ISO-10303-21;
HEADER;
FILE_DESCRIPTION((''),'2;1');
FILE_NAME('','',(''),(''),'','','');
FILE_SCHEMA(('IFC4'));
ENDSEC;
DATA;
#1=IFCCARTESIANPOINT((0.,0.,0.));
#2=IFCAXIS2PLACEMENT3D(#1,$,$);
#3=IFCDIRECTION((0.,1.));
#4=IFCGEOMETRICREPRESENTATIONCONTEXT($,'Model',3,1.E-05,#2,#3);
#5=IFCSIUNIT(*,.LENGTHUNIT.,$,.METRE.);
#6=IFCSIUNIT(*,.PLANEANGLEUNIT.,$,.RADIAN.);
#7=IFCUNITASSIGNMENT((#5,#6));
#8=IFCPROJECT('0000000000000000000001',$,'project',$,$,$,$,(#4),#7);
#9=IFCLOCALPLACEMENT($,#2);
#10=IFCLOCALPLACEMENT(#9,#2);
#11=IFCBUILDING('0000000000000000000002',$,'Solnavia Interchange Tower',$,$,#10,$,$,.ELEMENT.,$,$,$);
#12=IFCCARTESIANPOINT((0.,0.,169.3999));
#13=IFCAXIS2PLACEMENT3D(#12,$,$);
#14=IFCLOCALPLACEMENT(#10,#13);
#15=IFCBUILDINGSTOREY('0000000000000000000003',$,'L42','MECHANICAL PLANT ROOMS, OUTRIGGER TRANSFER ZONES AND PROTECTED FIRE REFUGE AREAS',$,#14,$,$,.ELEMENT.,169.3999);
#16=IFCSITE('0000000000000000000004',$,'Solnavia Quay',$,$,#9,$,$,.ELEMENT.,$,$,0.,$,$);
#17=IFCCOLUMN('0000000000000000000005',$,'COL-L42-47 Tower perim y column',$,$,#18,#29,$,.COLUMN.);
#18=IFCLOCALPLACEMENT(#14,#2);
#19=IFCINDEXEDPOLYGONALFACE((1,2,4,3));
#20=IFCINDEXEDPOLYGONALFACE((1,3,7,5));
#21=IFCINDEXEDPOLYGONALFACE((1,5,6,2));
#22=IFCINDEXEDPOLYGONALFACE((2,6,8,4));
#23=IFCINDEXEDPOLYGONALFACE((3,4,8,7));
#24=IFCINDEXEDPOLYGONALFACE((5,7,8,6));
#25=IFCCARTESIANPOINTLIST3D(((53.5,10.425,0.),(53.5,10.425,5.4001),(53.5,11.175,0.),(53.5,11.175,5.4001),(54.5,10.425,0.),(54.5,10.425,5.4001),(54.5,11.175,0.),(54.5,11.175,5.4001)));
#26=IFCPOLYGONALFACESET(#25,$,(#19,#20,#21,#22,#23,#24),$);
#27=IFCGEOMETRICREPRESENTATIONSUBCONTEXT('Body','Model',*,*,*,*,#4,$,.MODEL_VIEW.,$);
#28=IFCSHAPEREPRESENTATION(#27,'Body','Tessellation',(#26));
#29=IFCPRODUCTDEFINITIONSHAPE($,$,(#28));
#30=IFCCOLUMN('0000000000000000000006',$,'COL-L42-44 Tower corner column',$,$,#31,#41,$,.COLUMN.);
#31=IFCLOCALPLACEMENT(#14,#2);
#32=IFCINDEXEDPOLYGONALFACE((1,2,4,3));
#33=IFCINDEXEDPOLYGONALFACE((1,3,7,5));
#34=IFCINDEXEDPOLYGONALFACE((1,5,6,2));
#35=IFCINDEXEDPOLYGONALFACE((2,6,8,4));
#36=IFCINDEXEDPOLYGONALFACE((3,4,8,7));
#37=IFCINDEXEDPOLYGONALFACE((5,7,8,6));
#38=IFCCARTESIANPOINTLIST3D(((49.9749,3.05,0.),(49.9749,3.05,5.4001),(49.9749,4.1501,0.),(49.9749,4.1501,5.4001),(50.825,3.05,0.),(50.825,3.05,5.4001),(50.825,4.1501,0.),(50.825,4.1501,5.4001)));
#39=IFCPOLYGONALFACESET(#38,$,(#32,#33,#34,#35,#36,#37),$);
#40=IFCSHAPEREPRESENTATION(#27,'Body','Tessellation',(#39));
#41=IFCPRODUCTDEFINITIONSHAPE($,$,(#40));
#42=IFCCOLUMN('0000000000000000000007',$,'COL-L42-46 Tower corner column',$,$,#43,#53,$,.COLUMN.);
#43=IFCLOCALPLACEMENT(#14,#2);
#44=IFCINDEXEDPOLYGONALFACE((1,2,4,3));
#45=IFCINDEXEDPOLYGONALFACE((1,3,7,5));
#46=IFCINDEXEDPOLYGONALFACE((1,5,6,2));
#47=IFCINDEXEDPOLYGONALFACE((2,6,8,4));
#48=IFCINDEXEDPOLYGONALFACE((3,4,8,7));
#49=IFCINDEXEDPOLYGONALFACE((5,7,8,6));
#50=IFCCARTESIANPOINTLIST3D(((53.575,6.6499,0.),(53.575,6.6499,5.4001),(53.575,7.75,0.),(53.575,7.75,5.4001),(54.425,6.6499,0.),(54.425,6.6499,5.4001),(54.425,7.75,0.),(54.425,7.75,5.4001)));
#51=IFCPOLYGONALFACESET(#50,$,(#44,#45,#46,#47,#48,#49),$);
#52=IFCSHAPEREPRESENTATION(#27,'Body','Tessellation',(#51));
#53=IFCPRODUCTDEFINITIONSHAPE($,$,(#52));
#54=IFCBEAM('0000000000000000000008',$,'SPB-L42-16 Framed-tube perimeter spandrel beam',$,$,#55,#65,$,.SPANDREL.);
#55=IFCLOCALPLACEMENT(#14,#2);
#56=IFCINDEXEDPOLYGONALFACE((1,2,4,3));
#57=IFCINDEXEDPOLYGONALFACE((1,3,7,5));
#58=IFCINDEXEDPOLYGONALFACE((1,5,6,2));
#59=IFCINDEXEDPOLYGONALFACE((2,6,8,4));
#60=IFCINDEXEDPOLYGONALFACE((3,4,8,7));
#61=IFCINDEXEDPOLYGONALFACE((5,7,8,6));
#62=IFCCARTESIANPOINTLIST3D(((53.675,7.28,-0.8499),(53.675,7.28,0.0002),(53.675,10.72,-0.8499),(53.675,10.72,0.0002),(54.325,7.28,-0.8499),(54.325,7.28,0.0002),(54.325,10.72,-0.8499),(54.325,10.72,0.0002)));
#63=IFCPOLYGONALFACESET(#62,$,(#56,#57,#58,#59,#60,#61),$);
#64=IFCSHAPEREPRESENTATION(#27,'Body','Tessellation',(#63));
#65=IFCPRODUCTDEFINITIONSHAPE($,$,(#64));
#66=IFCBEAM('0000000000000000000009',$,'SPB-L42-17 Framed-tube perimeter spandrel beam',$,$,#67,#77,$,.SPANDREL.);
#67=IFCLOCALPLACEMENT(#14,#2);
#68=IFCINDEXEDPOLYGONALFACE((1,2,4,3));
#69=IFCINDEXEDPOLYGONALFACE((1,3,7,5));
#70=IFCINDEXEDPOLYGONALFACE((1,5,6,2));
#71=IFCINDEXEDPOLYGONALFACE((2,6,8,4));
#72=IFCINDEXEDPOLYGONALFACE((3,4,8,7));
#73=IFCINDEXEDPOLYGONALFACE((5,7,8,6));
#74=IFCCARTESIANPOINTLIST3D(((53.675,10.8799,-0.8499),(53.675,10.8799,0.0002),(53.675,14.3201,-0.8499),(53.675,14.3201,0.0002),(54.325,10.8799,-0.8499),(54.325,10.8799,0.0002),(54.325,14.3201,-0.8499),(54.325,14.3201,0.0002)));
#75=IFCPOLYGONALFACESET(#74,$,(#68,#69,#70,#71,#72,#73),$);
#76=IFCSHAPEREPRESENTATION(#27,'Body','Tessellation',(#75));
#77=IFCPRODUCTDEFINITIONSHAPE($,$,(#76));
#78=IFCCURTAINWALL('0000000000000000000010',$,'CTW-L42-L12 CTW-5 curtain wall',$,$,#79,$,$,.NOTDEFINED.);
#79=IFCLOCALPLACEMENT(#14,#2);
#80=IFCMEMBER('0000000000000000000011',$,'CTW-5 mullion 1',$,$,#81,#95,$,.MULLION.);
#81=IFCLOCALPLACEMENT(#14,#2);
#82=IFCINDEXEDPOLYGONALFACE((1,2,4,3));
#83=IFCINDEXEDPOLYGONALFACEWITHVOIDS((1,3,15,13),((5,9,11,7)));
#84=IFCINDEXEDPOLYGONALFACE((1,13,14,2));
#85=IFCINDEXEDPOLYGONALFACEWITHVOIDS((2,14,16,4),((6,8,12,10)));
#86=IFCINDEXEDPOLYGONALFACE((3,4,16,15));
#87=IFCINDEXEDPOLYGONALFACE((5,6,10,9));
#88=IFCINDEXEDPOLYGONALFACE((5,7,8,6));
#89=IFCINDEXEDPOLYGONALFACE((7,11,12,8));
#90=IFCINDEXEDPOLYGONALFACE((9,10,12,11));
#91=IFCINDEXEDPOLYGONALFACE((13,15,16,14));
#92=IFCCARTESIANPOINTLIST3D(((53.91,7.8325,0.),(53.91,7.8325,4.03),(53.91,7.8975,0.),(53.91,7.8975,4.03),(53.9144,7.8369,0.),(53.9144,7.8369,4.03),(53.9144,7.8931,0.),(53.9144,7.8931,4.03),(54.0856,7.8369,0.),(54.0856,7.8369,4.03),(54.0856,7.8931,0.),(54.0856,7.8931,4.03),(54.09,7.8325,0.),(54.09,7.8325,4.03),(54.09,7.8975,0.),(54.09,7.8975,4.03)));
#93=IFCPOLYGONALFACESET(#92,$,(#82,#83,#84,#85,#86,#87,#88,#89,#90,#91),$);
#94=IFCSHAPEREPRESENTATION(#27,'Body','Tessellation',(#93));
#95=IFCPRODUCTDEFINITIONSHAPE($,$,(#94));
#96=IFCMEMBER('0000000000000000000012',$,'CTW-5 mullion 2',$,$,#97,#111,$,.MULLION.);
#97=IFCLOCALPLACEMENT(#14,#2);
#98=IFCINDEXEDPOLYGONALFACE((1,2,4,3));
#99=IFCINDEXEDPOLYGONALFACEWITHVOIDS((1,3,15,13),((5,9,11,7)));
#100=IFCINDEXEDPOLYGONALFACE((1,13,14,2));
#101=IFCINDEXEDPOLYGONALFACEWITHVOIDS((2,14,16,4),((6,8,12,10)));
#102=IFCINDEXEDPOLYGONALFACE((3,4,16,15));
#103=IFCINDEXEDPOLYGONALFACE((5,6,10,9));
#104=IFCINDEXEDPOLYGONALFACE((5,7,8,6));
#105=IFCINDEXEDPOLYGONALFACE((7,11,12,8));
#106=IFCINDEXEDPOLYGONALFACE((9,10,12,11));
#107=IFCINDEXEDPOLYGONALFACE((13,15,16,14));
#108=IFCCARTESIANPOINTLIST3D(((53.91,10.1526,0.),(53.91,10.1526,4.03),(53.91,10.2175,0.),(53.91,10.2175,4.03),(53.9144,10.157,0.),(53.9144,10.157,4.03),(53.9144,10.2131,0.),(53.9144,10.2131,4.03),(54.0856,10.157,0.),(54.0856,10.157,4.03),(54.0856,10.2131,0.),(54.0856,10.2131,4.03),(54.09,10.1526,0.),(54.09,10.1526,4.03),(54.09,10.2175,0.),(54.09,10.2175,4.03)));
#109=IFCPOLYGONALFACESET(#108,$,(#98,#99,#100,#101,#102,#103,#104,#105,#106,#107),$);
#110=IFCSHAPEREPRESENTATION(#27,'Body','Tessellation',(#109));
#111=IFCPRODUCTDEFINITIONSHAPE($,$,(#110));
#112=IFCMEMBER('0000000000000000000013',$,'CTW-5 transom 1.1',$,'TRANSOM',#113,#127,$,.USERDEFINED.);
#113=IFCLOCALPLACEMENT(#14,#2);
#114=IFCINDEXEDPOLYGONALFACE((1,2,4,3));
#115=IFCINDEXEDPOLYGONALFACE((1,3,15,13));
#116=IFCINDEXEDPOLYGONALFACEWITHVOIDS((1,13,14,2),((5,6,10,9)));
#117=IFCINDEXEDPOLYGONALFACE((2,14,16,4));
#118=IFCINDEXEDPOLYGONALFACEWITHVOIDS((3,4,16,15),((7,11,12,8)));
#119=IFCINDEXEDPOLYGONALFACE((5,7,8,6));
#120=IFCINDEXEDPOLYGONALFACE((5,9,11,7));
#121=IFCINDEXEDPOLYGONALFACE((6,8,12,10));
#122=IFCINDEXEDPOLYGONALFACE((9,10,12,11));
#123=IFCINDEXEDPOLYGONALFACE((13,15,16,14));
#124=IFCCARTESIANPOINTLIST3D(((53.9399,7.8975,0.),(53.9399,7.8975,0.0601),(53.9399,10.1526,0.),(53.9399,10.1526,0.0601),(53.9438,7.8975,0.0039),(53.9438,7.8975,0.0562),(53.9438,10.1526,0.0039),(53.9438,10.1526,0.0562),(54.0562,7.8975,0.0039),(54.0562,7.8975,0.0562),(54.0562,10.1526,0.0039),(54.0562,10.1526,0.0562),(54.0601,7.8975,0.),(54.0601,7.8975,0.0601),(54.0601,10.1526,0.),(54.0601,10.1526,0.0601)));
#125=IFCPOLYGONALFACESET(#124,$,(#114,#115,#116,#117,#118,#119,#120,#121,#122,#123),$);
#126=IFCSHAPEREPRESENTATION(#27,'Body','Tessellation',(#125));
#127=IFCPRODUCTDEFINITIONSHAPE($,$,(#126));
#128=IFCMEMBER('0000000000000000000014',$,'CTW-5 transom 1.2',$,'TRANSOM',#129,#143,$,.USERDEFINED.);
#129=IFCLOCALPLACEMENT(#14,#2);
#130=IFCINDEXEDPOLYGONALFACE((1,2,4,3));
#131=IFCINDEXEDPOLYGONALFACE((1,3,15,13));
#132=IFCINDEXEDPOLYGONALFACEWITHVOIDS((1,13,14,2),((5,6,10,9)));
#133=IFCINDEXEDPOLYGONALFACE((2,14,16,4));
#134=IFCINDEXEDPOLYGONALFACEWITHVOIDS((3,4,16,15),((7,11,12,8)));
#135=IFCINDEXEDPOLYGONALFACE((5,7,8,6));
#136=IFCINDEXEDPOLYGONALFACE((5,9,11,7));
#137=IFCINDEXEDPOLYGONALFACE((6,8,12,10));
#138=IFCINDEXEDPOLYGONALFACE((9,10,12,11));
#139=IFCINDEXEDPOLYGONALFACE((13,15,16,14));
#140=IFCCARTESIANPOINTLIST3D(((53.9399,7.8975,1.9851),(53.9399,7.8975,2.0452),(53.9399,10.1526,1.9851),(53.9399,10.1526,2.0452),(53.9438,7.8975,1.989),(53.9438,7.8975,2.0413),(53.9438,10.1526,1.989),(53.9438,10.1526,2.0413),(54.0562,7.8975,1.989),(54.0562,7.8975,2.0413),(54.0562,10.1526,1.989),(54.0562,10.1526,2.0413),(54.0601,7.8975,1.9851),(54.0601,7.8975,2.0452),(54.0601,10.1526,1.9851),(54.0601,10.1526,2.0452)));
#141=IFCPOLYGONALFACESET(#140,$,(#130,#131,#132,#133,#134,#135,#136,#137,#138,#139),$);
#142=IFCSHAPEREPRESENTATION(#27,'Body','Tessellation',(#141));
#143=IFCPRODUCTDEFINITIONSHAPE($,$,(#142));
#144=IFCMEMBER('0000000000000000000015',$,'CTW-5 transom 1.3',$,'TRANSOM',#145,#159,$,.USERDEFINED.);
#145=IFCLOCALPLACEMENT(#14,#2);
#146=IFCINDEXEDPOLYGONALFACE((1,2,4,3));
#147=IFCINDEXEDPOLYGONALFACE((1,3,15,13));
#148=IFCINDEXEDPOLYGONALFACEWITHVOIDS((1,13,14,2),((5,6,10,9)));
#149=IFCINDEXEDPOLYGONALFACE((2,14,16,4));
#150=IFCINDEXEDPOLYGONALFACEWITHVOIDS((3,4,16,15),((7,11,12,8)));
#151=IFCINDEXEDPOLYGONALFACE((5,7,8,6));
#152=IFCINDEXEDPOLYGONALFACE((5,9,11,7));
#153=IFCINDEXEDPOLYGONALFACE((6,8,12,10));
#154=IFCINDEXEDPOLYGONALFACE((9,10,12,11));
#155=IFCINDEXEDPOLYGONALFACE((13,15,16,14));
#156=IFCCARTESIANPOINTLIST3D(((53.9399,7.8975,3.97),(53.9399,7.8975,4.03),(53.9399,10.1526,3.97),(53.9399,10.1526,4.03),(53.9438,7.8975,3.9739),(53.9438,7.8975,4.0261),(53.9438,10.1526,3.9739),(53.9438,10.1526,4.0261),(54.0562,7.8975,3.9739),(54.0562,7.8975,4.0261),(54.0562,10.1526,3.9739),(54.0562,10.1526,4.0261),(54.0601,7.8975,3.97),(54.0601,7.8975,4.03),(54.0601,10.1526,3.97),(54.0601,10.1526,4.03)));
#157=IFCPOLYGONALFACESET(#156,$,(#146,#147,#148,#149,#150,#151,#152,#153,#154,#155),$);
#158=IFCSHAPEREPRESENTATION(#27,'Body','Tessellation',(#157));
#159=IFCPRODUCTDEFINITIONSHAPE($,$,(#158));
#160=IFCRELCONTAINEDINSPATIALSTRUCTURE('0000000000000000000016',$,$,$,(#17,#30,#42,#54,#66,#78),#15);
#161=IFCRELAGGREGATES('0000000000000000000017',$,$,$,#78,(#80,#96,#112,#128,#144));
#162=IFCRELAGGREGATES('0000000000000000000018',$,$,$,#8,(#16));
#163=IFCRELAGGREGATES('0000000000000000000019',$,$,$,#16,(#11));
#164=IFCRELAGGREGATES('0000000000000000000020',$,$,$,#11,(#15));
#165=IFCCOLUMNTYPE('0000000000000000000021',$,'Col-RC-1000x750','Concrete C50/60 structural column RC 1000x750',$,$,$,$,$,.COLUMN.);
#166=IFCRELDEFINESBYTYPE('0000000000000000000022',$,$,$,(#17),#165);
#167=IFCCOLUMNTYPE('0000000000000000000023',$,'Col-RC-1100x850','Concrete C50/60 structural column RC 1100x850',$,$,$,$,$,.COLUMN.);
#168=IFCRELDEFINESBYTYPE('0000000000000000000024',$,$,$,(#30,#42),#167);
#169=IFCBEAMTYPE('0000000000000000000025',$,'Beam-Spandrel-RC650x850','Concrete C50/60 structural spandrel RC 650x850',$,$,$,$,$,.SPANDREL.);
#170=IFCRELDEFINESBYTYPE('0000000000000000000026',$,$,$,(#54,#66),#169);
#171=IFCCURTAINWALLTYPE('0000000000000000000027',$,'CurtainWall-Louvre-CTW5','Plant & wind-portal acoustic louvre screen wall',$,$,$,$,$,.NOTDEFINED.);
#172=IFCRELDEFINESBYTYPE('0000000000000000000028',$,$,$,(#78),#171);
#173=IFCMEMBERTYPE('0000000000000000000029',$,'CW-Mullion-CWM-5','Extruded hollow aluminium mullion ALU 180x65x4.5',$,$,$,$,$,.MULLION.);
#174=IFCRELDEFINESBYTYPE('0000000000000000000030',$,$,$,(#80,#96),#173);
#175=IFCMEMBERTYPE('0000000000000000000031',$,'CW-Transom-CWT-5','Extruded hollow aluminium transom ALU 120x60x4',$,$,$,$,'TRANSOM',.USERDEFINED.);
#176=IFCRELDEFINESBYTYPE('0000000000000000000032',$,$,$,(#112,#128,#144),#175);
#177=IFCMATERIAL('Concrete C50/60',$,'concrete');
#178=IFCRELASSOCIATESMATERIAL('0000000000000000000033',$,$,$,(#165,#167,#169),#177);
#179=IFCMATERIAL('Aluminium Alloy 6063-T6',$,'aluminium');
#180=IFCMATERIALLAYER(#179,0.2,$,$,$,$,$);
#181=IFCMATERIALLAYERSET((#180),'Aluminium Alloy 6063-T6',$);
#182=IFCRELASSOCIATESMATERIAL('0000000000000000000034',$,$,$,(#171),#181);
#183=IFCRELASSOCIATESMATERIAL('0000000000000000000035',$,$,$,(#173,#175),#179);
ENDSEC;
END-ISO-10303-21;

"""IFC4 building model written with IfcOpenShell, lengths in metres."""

from ifc_helpers import new_model, si_unit, direction, frame, origin, origin_2d, place, context, subcontext, project, spatial, rectangle, hollow_rectangle, extrude, material, layer, layer_set, material_profile, profile_set, type_object, element, aggregate, save


model = new_model("IFC4")

# Units and contexts
model_context = context("Model", 3, precision=1e-05, world=origin(), true_north=direction((0.0, 1.0)))
body_context = subcontext(model_context, "Body", "Model", "MODEL_VIEW")
ifc_project = project(units=[si_unit("LENGTHUNIT", "METRE"), si_unit("PLANEANGLEUNIT", "RADIAN")], contexts=[model_context])

# Site, building, storey
site_placement = place(None, origin())
site = spatial("IfcSite", under=ifc_project, at=site_placement, Name="Solnavia Quay", CompositionType="ELEMENT", RefElevation=0.0)
building_placement = place(site_placement, origin())
building = spatial("IfcBuilding", under=site, at=building_placement, Name="Solnavia Interchange Tower", CompositionType="ELEMENT")
storey_placement = place(building_placement, frame((0.0, 0.0, 169.3999)))
storey = spatial("IfcBuildingStorey", under=building, at=storey_placement, Name="L42", Description="MECHANICAL PLANT ROOMS, OUTRIGGER TRANSFER ZONES AND PROTECTED FIRE REFUGE AREAS", CompositionType="ELEMENT", Elevation=169.3999)

# Columns
ifc_material_1 = material(Name="Concrete C50/60", Category="concrete")
ifc_material_profile_1 = material_profile(ifc_material_1, rectangle(XDim=0.75, YDim=1.0, at=origin_2d()), Name="RC 1000x750")
ifc_profile_set_1 = profile_set([ifc_material_profile_1], Name="Concrete C50/60")
column_type_1 = type_object("IfcColumnType", Name="Col-RC-1000x750", Description="Concrete C50/60 structural column RC 1000x750", PredefinedType="COLUMN", material=ifc_profile_set_1)
column_placement = place(storey_placement, frame((54.0, 10.8, 0.0), z_axis=(0.0, 0.0, 1.0), x_axis=(0.0, 1.0, 0.0)))
element("IfcColumn", 1, at=column_placement, inside=storey, type_object=column_type_1, Name="COL-L42-47 Tower perim y column", PredefinedType="COLUMN", context=body_context, shape_type="SweptSolid", body=[
    extrude(rectangle(XDim=0.75, YDim=1.0, at=origin_2d()), origin(), (0.0, 0.0, 1.0), 5.4001),
])
ifc_material_profile_2 = material_profile(ifc_material_1, rectangle(XDim=0.8501, YDim=1.1001, at=origin_2d()), Name="RC 1100x850")
ifc_profile_set_2 = profile_set([ifc_material_profile_2], Name="Concrete C50/60")
column_type_2 = type_object("IfcColumnType", Name="Col-RC-1100x850", Description="Concrete C50/60 structural column RC 1100x850", PredefinedType="COLUMN", material=ifc_profile_set_2)
for number, where, z_axis, x_axis, name in (
    (2, (50.3999, 3.6001, 0.0), (0.0, 0.0, 1.0), (1.0, 0.0, 0.0), "COL-L42-44 Tower corner column"),
    (3, (54.0, 7.2, 0.0), (0.0, 0.0, 1.0), (1.0, 0.0, 0.0), "COL-L42-46 Tower corner column"),
):
    element("IfcColumn", number, at=place(storey_placement, frame(where, z_axis=z_axis, x_axis=x_axis)), inside=storey, type_object=column_type_2, Name=name, PredefinedType="COLUMN", context=body_context, shape_type="SweptSolid", body=[
        extrude(rectangle(XDim=0.8501, YDim=1.1001, at=origin_2d()), origin(), (0.0, 0.0, 1.0), 5.4001),
    ])

# Beams
ifc_material_profile_3 = material_profile(ifc_material_1, rectangle(XDim=0.6499, YDim=0.8501, at=origin_2d()), Name="RC 650x850")
ifc_profile_set_3 = profile_set([ifc_material_profile_3], Name="Concrete C50/60")
beam_type = type_object("IfcBeamType", Name="Beam-Spandrel-RC650x850", Description="Concrete C50/60 structural spandrel RC 650x850", PredefinedType="SPANDREL", material=ifc_profile_set_3)
beam_1_placement = place(storey_placement, frame((54.0, 7.28, -0.4248), z_axis=(0.0, 1.0, 0.0), x_axis=(-1.0, 0.0, 0.0)))
element("IfcBeam", 4, at=beam_1_placement, inside=storey, type_object=beam_type, Name="SPB-L42-16 Framed-tube perimeter spandrel beam", PredefinedType="SPANDREL", context=body_context, shape_type="SweptSolid", body=[
    extrude(rectangle(XDim=0.6499, YDim=0.8501, at=origin_2d()), origin(), (0.0, 0.0, 1.0), 3.4399),
])
beam_2_placement = place(storey_placement, frame((54.0, 10.8799, -0.4248), z_axis=(0.0, 1.0, 0.0), x_axis=(-1.0, 0.0, 0.0)))
element("IfcBeam", 5, at=beam_2_placement, inside=storey, type_object=beam_type, Name="SPB-L42-17 Framed-tube perimeter spandrel beam", PredefinedType="SPANDREL", context=body_context, shape_type="SweptSolid", body=[
    extrude(rectangle(XDim=0.6499, YDim=0.8501, at=origin_2d()), origin(), (0.0, 0.0, 1.0), 3.4402),
])

# Curtain wall, members
ifc_material_2 = material(Name="Aluminium Alloy 6063-T6", Category="aluminium")
ifc_layer_1 = layer(ifc_material_2, 0.2)
ifc_layer_set_1 = layer_set([ifc_layer_1], Name="Aluminium Alloy 6063-T6")
curtain_wall_type = type_object("IfcCurtainWallType", Name="CurtainWall-Louvre-CTW5", Description="Plant & wind-portal acoustic louvre screen wall", PredefinedType="NOTDEFINED", material=ifc_layer_set_1)
curtain_wall_placement = place(storey_placement, origin())
curtain_wall = element("IfcCurtainWall", 6, at=curtain_wall_placement, inside=storey, type_object=curtain_wall_type, Name="CTW-L42-L12 CTW-5 curtain wall", PredefinedType="NOTDEFINED")
ifc_material_profile_4 = material_profile(ifc_material_2, hollow_rectangle(XDim=0.0649, YDim=0.1799, WallThickness=0.0044, at=origin_2d()), Name="ALU 180x65x4.5")
ifc_profile_set_4 = profile_set([ifc_material_profile_4], Name="Aluminium Alloy 6063-T6")
member_type_1 = type_object("IfcMemberType", Name="CW-Mullion-CWM-5", Description="Extruded hollow aluminium mullion ALU 180x65x4.5", PredefinedType="MULLION", material=ifc_profile_set_4)
member_1_placement = place(storey_placement, frame((54.0, 7.865, 0.0), z_axis=(0.0, 0.0, 1.0), x_axis=(0.0, 1.0, 0.0)))
member_1 = element("IfcMember", 7, at=member_1_placement, type_object=member_type_1, Name="CTW-5 mullion 1", PredefinedType="MULLION", context=body_context, shape_type="SweptSolid", body=[
    extrude(hollow_rectangle(XDim=0.0649, YDim=0.1799, WallThickness=0.0044, at=origin_2d()), origin(), (0.0, 0.0, 1.0), 4.03),
])
member_2_placement = place(storey_placement, frame((54.0, 10.1851, 0.0), z_axis=(0.0, 0.0, 1.0), x_axis=(0.0, 1.0, 0.0)))
member_2 = element("IfcMember", 8, at=member_2_placement, type_object=member_type_1, Name="CTW-5 mullion 2", PredefinedType="MULLION", context=body_context, shape_type="SweptSolid", body=[
    extrude(hollow_rectangle(XDim=0.0649, YDim=0.1799, WallThickness=0.0044, at=origin_2d()), origin(), (0.0, 0.0, 1.0), 4.03),
])
ifc_material_profile_5 = material_profile(ifc_material_2, hollow_rectangle(XDim=0.0601, YDim=0.1201, WallThickness=0.0039, at=origin_2d()), Name="ALU 120x60x4")
ifc_profile_set_5 = profile_set([ifc_material_profile_5], Name="Aluminium Alloy 6063-T6")
member_type_2 = type_object("IfcMemberType", Name="CW-Transom-CWT-5", Description="Extruded hollow aluminium transom ALU 120x60x4", ElementType="TRANSOM", PredefinedType="USERDEFINED", material=ifc_profile_set_5)
member_3_placement = place(storey_placement, frame((54.0, 7.8975, 0.03), z_axis=(0.0, 1.0, 0.0), x_axis=(0.0, 0.0, 1.0)))
member_3 = element("IfcMember", 9, at=member_3_placement, type_object=member_type_2, Name="CTW-5 transom 1.1", ObjectType="TRANSOM", PredefinedType="USERDEFINED", context=body_context, shape_type="SweptSolid", body=[
    extrude(hollow_rectangle(XDim=0.0601, YDim=0.1201, WallThickness=0.0039, at=origin_2d()), origin(), (0.0, 0.0, 1.0), 2.2551),
])
member_4_placement = place(storey_placement, frame((54.0, 7.8975, 2.0151), z_axis=(0.0, 1.0, 0.0), x_axis=(0.0, 0.0, 1.0)))
member_4 = element("IfcMember", 10, at=member_4_placement, type_object=member_type_2, Name="CTW-5 transom 1.2", ObjectType="TRANSOM", PredefinedType="USERDEFINED", context=body_context, shape_type="SweptSolid", body=[
    extrude(hollow_rectangle(XDim=0.0601, YDim=0.1201, WallThickness=0.0039, at=origin_2d()), origin(), (0.0, 0.0, 1.0), 2.2551),
])
member_5_placement = place(storey_placement, frame((54.0, 7.8975, 4.0), z_axis=(0.0, 1.0, 0.0), x_axis=(0.0, 0.0, 1.0)))
member_5 = element("IfcMember", 11, at=member_5_placement, type_object=member_type_2, Name="CTW-5 transom 1.3", ObjectType="TRANSOM", PredefinedType="USERDEFINED", context=body_context, shape_type="SweptSolid", body=[
    extrude(hollow_rectangle(XDim=0.0601, YDim=0.1201, WallThickness=0.0039, at=origin_2d()), origin(), (0.0, 0.0, 1.0), 2.2551),
])

aggregate(curtain_wall, [member_1, member_2, member_3, member_4, member_5])

save(model, "model.ifc")
